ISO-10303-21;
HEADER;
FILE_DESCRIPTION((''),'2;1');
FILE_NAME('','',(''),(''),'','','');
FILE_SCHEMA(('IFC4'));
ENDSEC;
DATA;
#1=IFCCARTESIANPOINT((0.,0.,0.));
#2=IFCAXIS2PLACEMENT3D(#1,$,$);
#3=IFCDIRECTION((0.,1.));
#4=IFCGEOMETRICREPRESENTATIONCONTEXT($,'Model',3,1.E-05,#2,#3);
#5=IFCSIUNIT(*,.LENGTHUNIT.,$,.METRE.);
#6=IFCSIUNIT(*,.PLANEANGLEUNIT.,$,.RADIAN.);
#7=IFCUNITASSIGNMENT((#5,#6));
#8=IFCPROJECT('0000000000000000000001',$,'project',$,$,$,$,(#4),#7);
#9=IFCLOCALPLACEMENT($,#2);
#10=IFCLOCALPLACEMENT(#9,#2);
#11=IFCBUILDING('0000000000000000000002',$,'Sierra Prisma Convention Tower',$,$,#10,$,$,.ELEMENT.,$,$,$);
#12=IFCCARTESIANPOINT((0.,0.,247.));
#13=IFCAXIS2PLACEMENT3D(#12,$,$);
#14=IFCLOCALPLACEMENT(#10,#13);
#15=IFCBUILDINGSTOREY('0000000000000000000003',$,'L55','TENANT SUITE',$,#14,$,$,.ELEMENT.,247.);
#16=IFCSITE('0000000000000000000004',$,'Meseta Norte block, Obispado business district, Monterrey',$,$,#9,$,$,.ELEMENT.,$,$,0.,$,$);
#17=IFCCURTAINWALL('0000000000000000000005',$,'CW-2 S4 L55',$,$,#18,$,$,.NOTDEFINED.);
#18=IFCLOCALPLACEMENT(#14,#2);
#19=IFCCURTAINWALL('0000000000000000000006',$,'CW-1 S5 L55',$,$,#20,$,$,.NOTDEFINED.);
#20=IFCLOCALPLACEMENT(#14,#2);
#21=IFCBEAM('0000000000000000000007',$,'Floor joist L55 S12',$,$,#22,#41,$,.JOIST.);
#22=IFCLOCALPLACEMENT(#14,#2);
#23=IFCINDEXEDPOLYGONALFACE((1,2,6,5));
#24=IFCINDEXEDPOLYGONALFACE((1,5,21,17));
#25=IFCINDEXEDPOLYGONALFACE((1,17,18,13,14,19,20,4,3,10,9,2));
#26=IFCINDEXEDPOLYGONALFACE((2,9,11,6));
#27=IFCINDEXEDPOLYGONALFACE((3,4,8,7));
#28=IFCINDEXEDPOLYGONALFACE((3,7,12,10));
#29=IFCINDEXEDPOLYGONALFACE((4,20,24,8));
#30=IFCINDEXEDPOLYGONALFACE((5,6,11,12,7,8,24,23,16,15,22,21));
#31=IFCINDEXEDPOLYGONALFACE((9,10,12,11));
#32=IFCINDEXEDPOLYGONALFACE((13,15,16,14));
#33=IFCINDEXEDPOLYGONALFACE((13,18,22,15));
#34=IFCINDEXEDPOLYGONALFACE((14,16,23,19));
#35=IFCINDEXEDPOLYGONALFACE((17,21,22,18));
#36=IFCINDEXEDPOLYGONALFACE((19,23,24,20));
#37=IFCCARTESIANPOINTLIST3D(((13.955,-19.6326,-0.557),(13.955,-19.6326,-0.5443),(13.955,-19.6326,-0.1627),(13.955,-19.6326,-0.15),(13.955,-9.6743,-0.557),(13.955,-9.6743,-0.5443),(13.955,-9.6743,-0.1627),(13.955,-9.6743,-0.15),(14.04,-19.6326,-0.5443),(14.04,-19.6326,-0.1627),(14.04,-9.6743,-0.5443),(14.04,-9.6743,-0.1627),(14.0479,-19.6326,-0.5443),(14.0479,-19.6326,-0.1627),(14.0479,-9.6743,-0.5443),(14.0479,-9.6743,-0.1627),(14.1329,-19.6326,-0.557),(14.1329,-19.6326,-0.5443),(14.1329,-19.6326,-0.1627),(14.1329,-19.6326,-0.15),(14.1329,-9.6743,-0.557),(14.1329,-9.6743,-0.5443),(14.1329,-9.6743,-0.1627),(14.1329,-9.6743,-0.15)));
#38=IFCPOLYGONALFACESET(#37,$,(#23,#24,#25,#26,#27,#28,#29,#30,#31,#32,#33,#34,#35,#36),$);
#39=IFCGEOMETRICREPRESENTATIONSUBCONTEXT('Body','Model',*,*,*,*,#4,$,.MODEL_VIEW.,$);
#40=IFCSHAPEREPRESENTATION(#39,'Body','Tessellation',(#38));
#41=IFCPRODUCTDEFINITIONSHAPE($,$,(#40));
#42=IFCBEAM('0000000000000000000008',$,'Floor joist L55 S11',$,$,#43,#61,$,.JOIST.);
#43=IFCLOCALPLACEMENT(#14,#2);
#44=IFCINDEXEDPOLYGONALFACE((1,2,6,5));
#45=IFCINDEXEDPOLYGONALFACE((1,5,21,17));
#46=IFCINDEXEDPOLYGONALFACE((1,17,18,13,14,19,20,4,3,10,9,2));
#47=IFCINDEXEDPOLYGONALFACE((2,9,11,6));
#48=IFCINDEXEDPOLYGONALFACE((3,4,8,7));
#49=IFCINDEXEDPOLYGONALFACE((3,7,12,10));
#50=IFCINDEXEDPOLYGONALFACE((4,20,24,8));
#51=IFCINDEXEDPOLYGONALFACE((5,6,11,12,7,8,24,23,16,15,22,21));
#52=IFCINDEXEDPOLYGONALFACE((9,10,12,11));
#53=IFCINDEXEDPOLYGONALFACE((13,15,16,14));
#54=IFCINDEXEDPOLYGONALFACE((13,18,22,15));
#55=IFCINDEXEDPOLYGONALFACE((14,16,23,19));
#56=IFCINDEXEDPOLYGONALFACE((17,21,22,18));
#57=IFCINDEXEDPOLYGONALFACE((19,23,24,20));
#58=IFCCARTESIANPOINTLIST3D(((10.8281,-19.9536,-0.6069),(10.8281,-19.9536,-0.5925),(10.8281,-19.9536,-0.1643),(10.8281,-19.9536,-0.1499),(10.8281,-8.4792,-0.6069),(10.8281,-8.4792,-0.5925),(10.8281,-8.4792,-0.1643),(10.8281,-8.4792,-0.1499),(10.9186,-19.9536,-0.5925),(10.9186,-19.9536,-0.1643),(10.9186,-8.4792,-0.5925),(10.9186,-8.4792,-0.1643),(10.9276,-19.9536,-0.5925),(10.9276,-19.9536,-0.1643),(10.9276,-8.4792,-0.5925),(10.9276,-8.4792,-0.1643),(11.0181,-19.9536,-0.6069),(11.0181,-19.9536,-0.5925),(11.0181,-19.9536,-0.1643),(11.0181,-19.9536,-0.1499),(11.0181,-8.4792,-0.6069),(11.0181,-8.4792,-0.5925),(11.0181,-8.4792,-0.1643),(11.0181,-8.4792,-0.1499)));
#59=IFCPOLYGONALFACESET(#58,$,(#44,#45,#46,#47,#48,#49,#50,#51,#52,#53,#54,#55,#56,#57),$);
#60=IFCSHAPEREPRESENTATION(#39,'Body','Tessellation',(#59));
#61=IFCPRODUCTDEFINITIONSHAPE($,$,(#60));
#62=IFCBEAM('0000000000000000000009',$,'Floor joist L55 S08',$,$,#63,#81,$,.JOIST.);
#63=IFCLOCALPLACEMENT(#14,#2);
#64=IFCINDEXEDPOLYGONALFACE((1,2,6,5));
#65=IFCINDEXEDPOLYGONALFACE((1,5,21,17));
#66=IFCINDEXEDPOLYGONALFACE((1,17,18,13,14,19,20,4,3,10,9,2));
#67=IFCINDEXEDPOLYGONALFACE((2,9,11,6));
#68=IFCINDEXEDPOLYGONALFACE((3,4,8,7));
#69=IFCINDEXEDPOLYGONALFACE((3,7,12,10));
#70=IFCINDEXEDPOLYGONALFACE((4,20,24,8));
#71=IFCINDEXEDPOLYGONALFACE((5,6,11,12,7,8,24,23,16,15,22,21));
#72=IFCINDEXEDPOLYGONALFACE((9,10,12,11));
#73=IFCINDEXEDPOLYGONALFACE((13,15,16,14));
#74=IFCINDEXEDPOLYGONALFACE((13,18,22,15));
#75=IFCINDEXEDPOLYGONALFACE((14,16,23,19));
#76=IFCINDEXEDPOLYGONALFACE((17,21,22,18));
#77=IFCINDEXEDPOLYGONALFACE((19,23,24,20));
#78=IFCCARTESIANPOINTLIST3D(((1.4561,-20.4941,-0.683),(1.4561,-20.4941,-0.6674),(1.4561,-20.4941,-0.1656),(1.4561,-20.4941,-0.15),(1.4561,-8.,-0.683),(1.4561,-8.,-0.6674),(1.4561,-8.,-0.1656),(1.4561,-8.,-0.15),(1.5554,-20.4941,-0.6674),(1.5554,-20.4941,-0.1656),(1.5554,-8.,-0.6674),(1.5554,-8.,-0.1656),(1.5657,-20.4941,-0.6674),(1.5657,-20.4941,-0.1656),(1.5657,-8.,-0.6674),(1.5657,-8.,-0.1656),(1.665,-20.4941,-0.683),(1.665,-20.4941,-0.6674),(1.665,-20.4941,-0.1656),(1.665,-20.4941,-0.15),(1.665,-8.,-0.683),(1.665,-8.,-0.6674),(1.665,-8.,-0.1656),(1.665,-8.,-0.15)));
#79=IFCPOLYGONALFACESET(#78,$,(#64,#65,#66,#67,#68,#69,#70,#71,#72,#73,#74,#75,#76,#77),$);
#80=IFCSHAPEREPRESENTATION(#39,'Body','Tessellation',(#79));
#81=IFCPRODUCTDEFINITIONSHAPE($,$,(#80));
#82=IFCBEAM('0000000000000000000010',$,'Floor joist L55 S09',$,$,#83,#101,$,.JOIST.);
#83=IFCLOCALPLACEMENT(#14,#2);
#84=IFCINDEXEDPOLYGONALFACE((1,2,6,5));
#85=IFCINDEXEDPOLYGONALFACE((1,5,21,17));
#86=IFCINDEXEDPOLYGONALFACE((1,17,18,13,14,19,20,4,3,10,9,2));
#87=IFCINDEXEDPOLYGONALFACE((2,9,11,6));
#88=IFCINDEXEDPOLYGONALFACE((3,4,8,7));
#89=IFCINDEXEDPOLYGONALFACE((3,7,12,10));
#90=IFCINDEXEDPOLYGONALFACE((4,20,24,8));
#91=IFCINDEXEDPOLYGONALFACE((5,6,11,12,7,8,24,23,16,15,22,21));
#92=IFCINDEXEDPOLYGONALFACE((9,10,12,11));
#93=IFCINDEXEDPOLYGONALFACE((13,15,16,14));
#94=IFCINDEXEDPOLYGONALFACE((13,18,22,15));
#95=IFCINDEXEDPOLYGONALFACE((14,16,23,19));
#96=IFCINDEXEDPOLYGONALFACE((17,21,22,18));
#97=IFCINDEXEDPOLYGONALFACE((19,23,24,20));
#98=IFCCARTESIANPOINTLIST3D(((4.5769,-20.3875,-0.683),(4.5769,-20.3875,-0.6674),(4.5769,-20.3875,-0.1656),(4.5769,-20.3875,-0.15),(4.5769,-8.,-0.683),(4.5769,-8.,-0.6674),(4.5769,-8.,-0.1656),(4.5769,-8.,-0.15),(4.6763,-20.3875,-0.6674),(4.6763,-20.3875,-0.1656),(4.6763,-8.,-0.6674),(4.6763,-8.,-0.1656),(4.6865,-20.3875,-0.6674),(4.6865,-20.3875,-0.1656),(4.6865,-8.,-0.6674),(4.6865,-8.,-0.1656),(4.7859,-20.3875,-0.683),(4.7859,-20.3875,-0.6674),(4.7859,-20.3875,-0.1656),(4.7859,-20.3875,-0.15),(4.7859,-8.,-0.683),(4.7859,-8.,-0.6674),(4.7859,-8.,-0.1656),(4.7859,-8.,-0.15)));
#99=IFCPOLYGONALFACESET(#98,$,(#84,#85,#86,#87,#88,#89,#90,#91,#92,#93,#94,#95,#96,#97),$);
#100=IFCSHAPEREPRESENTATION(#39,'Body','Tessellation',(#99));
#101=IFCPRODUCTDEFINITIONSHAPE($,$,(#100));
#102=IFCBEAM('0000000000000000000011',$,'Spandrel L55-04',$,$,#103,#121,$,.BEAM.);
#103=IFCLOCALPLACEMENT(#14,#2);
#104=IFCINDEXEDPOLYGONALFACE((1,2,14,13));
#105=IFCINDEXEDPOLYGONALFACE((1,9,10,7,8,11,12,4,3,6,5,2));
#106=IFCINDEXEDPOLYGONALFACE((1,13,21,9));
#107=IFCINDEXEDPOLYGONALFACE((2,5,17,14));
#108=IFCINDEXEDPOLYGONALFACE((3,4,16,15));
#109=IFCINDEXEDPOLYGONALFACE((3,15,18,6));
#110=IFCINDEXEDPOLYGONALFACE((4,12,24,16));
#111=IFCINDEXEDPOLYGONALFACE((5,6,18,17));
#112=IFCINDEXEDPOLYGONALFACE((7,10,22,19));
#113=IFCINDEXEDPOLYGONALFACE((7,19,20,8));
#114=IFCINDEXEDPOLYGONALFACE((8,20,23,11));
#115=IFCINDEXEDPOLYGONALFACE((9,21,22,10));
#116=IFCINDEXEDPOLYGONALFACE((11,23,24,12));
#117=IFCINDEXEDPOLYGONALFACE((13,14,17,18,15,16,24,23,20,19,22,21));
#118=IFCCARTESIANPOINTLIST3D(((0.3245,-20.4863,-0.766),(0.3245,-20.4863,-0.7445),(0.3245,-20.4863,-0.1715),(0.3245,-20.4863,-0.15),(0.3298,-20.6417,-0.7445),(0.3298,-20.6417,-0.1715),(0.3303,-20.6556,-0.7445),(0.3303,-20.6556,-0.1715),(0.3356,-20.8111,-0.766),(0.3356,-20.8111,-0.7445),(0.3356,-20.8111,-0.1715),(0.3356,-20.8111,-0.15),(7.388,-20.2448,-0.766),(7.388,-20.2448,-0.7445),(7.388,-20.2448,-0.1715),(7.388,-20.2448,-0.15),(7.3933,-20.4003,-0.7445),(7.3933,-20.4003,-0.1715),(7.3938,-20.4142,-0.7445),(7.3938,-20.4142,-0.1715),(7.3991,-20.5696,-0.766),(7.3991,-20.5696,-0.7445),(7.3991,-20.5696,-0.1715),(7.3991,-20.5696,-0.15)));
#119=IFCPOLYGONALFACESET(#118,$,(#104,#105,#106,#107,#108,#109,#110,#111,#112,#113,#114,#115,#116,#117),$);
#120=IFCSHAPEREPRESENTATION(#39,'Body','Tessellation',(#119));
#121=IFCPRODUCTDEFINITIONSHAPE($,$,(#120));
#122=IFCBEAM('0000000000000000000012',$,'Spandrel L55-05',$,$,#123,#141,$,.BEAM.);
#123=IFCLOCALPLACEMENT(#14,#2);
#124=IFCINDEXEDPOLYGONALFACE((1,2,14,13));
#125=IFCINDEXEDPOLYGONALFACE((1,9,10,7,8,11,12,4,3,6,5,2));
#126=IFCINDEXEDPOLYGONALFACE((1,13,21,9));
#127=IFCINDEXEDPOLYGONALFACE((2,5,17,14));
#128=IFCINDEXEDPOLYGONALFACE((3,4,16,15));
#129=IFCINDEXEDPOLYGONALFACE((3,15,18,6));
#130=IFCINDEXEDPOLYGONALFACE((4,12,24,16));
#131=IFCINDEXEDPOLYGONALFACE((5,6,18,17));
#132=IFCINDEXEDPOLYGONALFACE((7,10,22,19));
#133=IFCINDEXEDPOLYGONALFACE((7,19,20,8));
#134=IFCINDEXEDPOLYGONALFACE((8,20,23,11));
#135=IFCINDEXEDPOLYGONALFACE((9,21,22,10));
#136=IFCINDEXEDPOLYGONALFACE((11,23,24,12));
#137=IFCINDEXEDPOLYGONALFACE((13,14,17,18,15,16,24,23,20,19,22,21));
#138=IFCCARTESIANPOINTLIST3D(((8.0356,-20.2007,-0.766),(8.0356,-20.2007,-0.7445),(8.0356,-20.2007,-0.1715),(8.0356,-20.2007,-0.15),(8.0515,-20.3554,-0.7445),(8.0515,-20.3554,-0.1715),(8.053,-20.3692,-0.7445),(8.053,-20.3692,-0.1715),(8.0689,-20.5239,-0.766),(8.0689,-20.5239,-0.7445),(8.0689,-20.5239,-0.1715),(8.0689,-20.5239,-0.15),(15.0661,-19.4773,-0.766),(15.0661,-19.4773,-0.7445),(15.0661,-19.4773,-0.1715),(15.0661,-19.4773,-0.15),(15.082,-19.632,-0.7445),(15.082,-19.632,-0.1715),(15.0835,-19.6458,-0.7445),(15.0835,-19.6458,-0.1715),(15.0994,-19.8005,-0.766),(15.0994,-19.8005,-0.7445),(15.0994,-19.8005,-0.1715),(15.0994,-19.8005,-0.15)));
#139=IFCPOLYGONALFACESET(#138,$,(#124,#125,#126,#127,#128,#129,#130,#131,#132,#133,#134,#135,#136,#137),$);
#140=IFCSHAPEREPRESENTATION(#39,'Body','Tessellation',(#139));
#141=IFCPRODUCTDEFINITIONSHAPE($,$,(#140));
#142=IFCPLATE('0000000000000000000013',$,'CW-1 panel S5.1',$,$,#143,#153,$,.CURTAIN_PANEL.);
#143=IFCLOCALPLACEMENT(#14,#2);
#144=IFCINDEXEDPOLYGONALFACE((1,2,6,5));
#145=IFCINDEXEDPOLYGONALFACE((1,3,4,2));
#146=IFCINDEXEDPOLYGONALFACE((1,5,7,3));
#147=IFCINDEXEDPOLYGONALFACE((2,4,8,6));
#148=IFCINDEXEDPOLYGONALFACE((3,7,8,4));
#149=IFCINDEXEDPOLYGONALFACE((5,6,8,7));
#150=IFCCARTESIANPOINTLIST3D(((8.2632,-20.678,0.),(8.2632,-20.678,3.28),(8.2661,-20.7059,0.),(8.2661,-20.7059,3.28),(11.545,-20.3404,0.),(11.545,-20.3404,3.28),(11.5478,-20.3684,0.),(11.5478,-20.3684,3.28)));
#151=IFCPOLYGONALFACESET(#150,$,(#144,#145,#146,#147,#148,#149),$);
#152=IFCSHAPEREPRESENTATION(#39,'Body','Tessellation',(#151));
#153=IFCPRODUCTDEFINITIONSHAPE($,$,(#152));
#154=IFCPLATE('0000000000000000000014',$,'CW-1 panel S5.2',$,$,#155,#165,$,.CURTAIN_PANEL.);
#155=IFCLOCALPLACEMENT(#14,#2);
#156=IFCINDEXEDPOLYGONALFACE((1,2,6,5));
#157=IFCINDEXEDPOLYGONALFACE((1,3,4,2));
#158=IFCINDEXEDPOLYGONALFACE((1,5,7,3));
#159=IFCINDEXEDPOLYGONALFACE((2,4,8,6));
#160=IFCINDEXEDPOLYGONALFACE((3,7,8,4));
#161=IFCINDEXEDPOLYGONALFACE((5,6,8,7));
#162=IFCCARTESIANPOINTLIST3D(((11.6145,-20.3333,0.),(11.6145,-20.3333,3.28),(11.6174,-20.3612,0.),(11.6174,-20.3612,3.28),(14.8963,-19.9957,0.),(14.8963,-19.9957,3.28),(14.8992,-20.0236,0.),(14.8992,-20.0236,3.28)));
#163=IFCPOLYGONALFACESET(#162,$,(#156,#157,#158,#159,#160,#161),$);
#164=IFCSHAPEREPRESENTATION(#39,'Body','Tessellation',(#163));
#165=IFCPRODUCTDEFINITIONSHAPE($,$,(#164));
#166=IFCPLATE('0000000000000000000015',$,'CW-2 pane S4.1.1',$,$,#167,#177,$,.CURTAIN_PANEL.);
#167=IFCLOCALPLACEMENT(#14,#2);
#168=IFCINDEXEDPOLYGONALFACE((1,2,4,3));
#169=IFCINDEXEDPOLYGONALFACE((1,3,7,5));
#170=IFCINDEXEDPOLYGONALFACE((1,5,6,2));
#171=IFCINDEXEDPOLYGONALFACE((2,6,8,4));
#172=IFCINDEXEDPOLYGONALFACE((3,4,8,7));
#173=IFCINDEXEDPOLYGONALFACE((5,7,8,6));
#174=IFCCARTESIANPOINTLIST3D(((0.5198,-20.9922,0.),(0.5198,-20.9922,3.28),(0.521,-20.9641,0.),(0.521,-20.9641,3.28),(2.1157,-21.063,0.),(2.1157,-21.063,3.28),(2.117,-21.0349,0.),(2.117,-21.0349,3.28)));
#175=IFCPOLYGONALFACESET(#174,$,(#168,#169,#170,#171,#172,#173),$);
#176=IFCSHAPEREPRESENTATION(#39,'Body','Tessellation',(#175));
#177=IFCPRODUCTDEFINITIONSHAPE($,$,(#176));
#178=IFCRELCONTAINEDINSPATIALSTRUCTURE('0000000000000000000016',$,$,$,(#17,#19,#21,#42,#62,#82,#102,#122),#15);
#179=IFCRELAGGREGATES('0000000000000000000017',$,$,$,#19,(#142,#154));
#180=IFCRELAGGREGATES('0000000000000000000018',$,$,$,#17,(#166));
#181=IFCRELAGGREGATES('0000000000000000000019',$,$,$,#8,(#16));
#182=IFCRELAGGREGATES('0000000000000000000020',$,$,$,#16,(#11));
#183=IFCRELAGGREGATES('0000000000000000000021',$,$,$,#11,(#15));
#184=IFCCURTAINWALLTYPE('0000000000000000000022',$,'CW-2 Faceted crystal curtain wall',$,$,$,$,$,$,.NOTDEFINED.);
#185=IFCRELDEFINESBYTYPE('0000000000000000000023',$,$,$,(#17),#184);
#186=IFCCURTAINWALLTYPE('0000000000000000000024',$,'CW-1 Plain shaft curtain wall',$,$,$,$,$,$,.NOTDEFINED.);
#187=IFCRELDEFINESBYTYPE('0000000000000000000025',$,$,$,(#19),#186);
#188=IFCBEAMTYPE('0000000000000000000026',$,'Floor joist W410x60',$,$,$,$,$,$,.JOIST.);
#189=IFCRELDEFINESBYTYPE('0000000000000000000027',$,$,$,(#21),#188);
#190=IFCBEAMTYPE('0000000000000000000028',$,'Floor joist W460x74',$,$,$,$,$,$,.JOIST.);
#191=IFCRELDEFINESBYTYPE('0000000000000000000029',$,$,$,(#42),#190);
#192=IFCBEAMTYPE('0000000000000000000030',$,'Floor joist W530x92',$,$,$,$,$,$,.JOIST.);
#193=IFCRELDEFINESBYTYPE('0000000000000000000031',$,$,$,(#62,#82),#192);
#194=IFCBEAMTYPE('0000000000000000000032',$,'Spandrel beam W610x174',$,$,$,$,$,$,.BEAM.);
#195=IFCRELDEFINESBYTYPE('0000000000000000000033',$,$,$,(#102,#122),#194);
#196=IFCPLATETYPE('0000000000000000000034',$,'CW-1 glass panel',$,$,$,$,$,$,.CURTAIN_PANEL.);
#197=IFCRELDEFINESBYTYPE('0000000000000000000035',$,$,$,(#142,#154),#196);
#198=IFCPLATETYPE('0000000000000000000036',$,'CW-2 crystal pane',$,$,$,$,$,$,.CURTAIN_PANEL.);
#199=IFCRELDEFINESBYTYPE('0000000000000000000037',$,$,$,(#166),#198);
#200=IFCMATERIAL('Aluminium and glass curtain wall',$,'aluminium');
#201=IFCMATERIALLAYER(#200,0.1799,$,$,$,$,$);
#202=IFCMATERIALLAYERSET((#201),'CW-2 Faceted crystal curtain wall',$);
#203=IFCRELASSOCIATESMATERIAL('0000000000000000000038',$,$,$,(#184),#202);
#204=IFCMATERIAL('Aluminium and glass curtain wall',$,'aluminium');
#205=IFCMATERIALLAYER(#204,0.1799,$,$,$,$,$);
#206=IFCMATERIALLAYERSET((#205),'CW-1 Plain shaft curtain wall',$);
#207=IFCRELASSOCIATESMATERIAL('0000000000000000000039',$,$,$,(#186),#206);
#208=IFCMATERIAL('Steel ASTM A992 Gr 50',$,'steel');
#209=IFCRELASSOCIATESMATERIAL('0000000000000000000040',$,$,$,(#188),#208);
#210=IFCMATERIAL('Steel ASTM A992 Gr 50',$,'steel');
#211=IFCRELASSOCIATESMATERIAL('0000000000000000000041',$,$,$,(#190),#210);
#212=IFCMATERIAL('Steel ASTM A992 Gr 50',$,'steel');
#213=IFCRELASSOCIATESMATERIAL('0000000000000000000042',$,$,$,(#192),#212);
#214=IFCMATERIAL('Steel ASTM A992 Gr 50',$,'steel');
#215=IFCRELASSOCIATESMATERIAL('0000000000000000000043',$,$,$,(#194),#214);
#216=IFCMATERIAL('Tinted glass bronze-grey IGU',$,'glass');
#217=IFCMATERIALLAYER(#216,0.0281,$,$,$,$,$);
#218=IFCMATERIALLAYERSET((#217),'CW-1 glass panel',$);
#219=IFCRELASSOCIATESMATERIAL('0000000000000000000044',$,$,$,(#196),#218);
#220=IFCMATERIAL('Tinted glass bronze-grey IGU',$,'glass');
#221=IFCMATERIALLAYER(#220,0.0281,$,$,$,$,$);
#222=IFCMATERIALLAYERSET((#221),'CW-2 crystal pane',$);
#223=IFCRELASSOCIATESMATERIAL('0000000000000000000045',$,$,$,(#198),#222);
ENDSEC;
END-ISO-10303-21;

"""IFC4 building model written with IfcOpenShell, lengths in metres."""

from ifc_helpers import new_model, si_unit, direction, frame, origin, origin_2d, place, context, subcontext, project, spatial, polyline, rectangle, i_section, outline, extrude, material, layer, layer_set, material_profile, profile_set, type_object, element, aggregate, save


model = new_model("IFC4")

# Units and contexts
model_context = context("Model", 3, precision=1e-05, world=origin(), true_north=direction((0.0, 1.0)))
body_context = subcontext(model_context, "Body", "Model", "MODEL_VIEW")
ifc_project = project(units=[si_unit("LENGTHUNIT", "METRE"), si_unit("PLANEANGLEUNIT", "RADIAN")], contexts=[model_context])

# Site, building, storey
site_placement = place(None, origin())
site = spatial("IfcSite", under=ifc_project, at=site_placement, Name="Meseta Norte block, Obispado business district, Monterrey", CompositionType="ELEMENT", RefElevation=0.0)
building_placement = place(site_placement, origin())
building = spatial("IfcBuilding", under=site, at=building_placement, Name="Sierra Prisma Convention Tower", CompositionType="ELEMENT")
storey_placement = place(building_placement, frame((0.0, 0.0, 247.0)))
storey = spatial("IfcBuildingStorey", under=building, at=storey_placement, Name="L55", Description="TENANT SUITE", CompositionType="ELEMENT", Elevation=247.0)

# Curtain walls
ifc_material_1 = material(Name="Aluminium and glass curtain wall", Category="aluminium")
ifc_layer_1 = layer(ifc_material_1, 0.1799)
ifc_layer_set_1 = layer_set([ifc_layer_1], Name="CW-2 Faceted crystal curtain wall")
curtain_wall_type_1 = type_object("IfcCurtainWallType", Name="CW-2 Faceted crystal curtain wall", PredefinedType="NOTDEFINED", material=ifc_layer_set_1)
curtain_wall_1_placement = place(storey_placement, origin())
curtain_wall_1 = element("IfcCurtainWall", 1, at=curtain_wall_1_placement, inside=storey, type_object=curtain_wall_type_1, Name="CW-2 S4 L55", PredefinedType="NOTDEFINED")
ifc_material_2 = material(Name="Aluminium and glass curtain wall", Category="aluminium")
ifc_layer_2 = layer(ifc_material_2, 0.1799)
ifc_layer_set_2 = layer_set([ifc_layer_2], Name="CW-1 Plain shaft curtain wall")
curtain_wall_type_2 = type_object("IfcCurtainWallType", Name="CW-1 Plain shaft curtain wall", PredefinedType="NOTDEFINED", material=ifc_layer_set_2)
curtain_wall_2_placement = place(storey_placement, origin())
curtain_wall_2 = element("IfcCurtainWall", 2, at=curtain_wall_2_placement, inside=storey, type_object=curtain_wall_type_2, Name="CW-1 S5 L55", PredefinedType="NOTDEFINED")

# Beams
ifc_material_3 = material(Name="Steel ASTM A992 Gr 50", Category="steel")
ifc_material_profile_1 = material_profile(ifc_material_3, i_section(OverallWidth=0.178, OverallDepth=0.407, WebThickness=0.0078, FlangeThickness=0.0127, at=origin_2d()), Name="W410x60")
ifc_profile_set_1 = profile_set([ifc_material_profile_1], Name="Steel ASTM A992 Gr 50")
beam_type_1 = type_object("IfcBeamType", Name="Floor joist W410x60", PredefinedType="JOIST", material=ifc_profile_set_1)
beam_1_placement = place(storey_placement, frame((14.0439, -19.6326, -0.3535), z_axis=(0.0, 1.0, 0.0), x_axis=(-1.0, 0.0, 0.0)))
element("IfcBeam", 3, at=beam_1_placement, inside=storey, type_object=beam_type_1, Name="Floor joist L55 S12", PredefinedType="JOIST", context=body_context, shape_type="SweptSolid", body=[
    extrude(i_section(OverallWidth=0.178, OverallDepth=0.407, WebThickness=0.0078, FlangeThickness=0.0127, at=origin_2d()), origin(), (0.0, 0.0, 1.0), 9.9583),
])
ifc_material_4 = material(Name="Steel ASTM A992 Gr 50", Category="steel")
ifc_material_profile_2 = material_profile(ifc_material_4, i_section(OverallWidth=0.1899, OverallDepth=0.457, WebThickness=0.009, FlangeThickness=0.0144, at=origin_2d()), Name="W460x74")
ifc_profile_set_2 = profile_set([ifc_material_profile_2], Name="Steel ASTM A992 Gr 50")
beam_type_2 = type_object("IfcBeamType", Name="Floor joist W460x74", PredefinedType="JOIST", material=ifc_profile_set_2)
beam_2_placement = place(storey_placement, frame((10.9231, -19.9536, -0.3784), z_axis=(0.0, 1.0, 0.0), x_axis=(-1.0, 0.0, 0.0)))
element("IfcBeam", 4, at=beam_2_placement, inside=storey, type_object=beam_type_2, Name="Floor joist L55 S11", PredefinedType="JOIST", context=body_context, shape_type="SweptSolid", body=[
    extrude(i_section(OverallWidth=0.1899, OverallDepth=0.457, WebThickness=0.009, FlangeThickness=0.0144, at=origin_2d()), origin(), (0.0, 0.0, 1.0), 11.4744),
])
ifc_material_5 = material(Name="Steel ASTM A992 Gr 50", Category="steel")
ifc_material_profile_3 = material_profile(ifc_material_5, i_section(OverallWidth=0.209, OverallDepth=0.533, WebThickness=0.0103, FlangeThickness=0.0156, at=origin_2d()), Name="W530x92")
ifc_profile_set_3 = profile_set([ifc_material_profile_3], Name="Steel ASTM A992 Gr 50")
beam_type_3 = type_object("IfcBeamType", Name="Floor joist W530x92", PredefinedType="JOIST", material=ifc_profile_set_3)
beam_3_placement = place(storey_placement, frame((1.5605, -20.4941, -0.4165), z_axis=(0.0, 1.0, 0.0), x_axis=(-1.0, 0.0, 0.0)))
element("IfcBeam", 5, at=beam_3_placement, inside=storey, type_object=beam_type_3, Name="Floor joist L55 S08", PredefinedType="JOIST", context=body_context, shape_type="SweptSolid", body=[
    extrude(i_section(OverallWidth=0.209, OverallDepth=0.533, WebThickness=0.0103, FlangeThickness=0.0156, at=origin_2d()), origin(), (0.0, 0.0, 1.0), 12.4941),
])
beam_4_placement = place(storey_placement, frame((4.6814, -20.3875, -0.4165), z_axis=(0.0, 1.0, 0.0), x_axis=(-1.0, 0.0, 0.0)))
element("IfcBeam", 6, at=beam_4_placement, inside=storey, type_object=beam_type_3, Name="Floor joist L55 S09", PredefinedType="JOIST", context=body_context, shape_type="SweptSolid", body=[
    extrude(i_section(OverallWidth=0.209, OverallDepth=0.533, WebThickness=0.0103, FlangeThickness=0.0156, at=origin_2d()), origin(), (0.0, 0.0, 1.0), 12.3875),
])
ifc_material_6 = material(Name="Steel ASTM A992 Gr 50", Category="steel")
ifc_material_profile_4 = material_profile(ifc_material_6, i_section(OverallWidth=0.325, OverallDepth=0.616, WebThickness=0.0139, FlangeThickness=0.0215, at=origin_2d()), Name="W610x174")
ifc_profile_set_4 = profile_set([ifc_material_profile_4], Name="Steel ASTM A992 Gr 50")
beam_type_4 = type_object("IfcBeamType", Name="Spandrel beam W610x174", PredefinedType="BEAM", material=ifc_profile_set_4)
for number, where, z_axis, x_axis, name in (
    (7, (0.3301, -20.6487, -0.458), (0.999416, 0.034164, 0.0), (-0.034164, 0.999416, 0.0), "Spandrel L55-04"),
    (8, (8.0522, -20.3623, -0.458), (0.994748, 0.102352, 0.0), (-0.102352, 0.994748, 0.0), "Spandrel L55-05"),
):
    element("IfcBeam", number, at=place(storey_placement, frame(where, z_axis=z_axis, x_axis=x_axis)), inside=storey, type_object=beam_type_4, Name=name, PredefinedType="BEAM", context=body_context, shape_type="SweptSolid", body=[
        extrude(i_section(OverallWidth=0.325, OverallDepth=0.616, WebThickness=0.0139, FlangeThickness=0.0215, at=origin_2d()), origin(), (0.0, 0.0, 1.0), 7.0676),
    ])

# Plates
ifc_material_7 = material(Name="Tinted glass bronze-grey IGU", Category="glass")
ifc_layer_3 = layer(ifc_material_7, 0.0281)
ifc_layer_set_3 = layer_set([ifc_layer_3], Name="CW-1 glass panel")
plate_type_1 = type_object("IfcPlateType", Name="CW-1 glass panel", PredefinedType="CURTAIN_PANEL", material=ifc_layer_set_3)
plate_1_placement = place(storey_placement, frame((9.9055, -20.5232, 0.0), z_axis=(0.0, 0.0, 1.0), x_axis=(0.994751, 0.102322, 0.0)))
plate_1 = element("IfcPlate", 9, at=plate_1_placement, type_object=plate_type_1, Name="CW-1 panel S5.1", PredefinedType="CURTAIN_PANEL", context=body_context, shape_type="SweptSolid", body=[
    extrude(rectangle(XDim=3.2991, YDim=0.0281, at=origin_2d()), origin(), (0.0, 0.0, 1.0), 3.28),
])
plate_2_placement = place(storey_placement, frame((13.2568, -20.1785, 0.0), z_axis=(0.0, 0.0, 1.0), x_axis=(0.994751, 0.102322, 0.0)))
plate_2 = element("IfcPlate", 10, at=plate_2_placement, type_object=plate_type_1, Name="CW-1 panel S5.2", PredefinedType="CURTAIN_PANEL", context=body_context, shape_type="SweptSolid", body=[
    extrude(rectangle(XDim=3.2991, YDim=0.0281, at=origin_2d()), origin(), (0.0, 0.0, 1.0), 3.28),
])
aggregate(curtain_wall_2, [plate_1, plate_2])
ifc_material_8 = material(Name="Tinted glass bronze-grey IGU", Category="glass")
ifc_layer_4 = layer(ifc_material_8, 0.0281)
ifc_layer_set_4 = layer_set([ifc_layer_4], Name="CW-2 crystal pane")
plate_type_2 = type_object("IfcPlateType", Name="CW-2 crystal pane", PredefinedType="CURTAIN_PANEL", material=ifc_layer_set_4)
plate_3_placement = place(storey_placement, frame((0.5198, -20.9922, 0.0), z_axis=(-0.044319, -0.999017, 0.0), x_axis=(0.999017, -0.044319, 0.0)))
plate_3 = element("IfcPlate", 11, at=plate_3_placement, type_object=plate_type_2, Name="CW-2 pane S4.1.1", PredefinedType="CURTAIN_PANEL", context=body_context, shape_type="SweptSolid", body=[
    extrude(outline(polyline([(0.0, 0.0), (1.5975, 0.0), (1.5975, 3.28), (0.0, 3.28), (0.0, 0.0)])), origin(), (0.0, 0.0, -1.0), 0.0281),
])
aggregate(curtain_wall_1, [plate_3])

save(model, "model.ifc")
